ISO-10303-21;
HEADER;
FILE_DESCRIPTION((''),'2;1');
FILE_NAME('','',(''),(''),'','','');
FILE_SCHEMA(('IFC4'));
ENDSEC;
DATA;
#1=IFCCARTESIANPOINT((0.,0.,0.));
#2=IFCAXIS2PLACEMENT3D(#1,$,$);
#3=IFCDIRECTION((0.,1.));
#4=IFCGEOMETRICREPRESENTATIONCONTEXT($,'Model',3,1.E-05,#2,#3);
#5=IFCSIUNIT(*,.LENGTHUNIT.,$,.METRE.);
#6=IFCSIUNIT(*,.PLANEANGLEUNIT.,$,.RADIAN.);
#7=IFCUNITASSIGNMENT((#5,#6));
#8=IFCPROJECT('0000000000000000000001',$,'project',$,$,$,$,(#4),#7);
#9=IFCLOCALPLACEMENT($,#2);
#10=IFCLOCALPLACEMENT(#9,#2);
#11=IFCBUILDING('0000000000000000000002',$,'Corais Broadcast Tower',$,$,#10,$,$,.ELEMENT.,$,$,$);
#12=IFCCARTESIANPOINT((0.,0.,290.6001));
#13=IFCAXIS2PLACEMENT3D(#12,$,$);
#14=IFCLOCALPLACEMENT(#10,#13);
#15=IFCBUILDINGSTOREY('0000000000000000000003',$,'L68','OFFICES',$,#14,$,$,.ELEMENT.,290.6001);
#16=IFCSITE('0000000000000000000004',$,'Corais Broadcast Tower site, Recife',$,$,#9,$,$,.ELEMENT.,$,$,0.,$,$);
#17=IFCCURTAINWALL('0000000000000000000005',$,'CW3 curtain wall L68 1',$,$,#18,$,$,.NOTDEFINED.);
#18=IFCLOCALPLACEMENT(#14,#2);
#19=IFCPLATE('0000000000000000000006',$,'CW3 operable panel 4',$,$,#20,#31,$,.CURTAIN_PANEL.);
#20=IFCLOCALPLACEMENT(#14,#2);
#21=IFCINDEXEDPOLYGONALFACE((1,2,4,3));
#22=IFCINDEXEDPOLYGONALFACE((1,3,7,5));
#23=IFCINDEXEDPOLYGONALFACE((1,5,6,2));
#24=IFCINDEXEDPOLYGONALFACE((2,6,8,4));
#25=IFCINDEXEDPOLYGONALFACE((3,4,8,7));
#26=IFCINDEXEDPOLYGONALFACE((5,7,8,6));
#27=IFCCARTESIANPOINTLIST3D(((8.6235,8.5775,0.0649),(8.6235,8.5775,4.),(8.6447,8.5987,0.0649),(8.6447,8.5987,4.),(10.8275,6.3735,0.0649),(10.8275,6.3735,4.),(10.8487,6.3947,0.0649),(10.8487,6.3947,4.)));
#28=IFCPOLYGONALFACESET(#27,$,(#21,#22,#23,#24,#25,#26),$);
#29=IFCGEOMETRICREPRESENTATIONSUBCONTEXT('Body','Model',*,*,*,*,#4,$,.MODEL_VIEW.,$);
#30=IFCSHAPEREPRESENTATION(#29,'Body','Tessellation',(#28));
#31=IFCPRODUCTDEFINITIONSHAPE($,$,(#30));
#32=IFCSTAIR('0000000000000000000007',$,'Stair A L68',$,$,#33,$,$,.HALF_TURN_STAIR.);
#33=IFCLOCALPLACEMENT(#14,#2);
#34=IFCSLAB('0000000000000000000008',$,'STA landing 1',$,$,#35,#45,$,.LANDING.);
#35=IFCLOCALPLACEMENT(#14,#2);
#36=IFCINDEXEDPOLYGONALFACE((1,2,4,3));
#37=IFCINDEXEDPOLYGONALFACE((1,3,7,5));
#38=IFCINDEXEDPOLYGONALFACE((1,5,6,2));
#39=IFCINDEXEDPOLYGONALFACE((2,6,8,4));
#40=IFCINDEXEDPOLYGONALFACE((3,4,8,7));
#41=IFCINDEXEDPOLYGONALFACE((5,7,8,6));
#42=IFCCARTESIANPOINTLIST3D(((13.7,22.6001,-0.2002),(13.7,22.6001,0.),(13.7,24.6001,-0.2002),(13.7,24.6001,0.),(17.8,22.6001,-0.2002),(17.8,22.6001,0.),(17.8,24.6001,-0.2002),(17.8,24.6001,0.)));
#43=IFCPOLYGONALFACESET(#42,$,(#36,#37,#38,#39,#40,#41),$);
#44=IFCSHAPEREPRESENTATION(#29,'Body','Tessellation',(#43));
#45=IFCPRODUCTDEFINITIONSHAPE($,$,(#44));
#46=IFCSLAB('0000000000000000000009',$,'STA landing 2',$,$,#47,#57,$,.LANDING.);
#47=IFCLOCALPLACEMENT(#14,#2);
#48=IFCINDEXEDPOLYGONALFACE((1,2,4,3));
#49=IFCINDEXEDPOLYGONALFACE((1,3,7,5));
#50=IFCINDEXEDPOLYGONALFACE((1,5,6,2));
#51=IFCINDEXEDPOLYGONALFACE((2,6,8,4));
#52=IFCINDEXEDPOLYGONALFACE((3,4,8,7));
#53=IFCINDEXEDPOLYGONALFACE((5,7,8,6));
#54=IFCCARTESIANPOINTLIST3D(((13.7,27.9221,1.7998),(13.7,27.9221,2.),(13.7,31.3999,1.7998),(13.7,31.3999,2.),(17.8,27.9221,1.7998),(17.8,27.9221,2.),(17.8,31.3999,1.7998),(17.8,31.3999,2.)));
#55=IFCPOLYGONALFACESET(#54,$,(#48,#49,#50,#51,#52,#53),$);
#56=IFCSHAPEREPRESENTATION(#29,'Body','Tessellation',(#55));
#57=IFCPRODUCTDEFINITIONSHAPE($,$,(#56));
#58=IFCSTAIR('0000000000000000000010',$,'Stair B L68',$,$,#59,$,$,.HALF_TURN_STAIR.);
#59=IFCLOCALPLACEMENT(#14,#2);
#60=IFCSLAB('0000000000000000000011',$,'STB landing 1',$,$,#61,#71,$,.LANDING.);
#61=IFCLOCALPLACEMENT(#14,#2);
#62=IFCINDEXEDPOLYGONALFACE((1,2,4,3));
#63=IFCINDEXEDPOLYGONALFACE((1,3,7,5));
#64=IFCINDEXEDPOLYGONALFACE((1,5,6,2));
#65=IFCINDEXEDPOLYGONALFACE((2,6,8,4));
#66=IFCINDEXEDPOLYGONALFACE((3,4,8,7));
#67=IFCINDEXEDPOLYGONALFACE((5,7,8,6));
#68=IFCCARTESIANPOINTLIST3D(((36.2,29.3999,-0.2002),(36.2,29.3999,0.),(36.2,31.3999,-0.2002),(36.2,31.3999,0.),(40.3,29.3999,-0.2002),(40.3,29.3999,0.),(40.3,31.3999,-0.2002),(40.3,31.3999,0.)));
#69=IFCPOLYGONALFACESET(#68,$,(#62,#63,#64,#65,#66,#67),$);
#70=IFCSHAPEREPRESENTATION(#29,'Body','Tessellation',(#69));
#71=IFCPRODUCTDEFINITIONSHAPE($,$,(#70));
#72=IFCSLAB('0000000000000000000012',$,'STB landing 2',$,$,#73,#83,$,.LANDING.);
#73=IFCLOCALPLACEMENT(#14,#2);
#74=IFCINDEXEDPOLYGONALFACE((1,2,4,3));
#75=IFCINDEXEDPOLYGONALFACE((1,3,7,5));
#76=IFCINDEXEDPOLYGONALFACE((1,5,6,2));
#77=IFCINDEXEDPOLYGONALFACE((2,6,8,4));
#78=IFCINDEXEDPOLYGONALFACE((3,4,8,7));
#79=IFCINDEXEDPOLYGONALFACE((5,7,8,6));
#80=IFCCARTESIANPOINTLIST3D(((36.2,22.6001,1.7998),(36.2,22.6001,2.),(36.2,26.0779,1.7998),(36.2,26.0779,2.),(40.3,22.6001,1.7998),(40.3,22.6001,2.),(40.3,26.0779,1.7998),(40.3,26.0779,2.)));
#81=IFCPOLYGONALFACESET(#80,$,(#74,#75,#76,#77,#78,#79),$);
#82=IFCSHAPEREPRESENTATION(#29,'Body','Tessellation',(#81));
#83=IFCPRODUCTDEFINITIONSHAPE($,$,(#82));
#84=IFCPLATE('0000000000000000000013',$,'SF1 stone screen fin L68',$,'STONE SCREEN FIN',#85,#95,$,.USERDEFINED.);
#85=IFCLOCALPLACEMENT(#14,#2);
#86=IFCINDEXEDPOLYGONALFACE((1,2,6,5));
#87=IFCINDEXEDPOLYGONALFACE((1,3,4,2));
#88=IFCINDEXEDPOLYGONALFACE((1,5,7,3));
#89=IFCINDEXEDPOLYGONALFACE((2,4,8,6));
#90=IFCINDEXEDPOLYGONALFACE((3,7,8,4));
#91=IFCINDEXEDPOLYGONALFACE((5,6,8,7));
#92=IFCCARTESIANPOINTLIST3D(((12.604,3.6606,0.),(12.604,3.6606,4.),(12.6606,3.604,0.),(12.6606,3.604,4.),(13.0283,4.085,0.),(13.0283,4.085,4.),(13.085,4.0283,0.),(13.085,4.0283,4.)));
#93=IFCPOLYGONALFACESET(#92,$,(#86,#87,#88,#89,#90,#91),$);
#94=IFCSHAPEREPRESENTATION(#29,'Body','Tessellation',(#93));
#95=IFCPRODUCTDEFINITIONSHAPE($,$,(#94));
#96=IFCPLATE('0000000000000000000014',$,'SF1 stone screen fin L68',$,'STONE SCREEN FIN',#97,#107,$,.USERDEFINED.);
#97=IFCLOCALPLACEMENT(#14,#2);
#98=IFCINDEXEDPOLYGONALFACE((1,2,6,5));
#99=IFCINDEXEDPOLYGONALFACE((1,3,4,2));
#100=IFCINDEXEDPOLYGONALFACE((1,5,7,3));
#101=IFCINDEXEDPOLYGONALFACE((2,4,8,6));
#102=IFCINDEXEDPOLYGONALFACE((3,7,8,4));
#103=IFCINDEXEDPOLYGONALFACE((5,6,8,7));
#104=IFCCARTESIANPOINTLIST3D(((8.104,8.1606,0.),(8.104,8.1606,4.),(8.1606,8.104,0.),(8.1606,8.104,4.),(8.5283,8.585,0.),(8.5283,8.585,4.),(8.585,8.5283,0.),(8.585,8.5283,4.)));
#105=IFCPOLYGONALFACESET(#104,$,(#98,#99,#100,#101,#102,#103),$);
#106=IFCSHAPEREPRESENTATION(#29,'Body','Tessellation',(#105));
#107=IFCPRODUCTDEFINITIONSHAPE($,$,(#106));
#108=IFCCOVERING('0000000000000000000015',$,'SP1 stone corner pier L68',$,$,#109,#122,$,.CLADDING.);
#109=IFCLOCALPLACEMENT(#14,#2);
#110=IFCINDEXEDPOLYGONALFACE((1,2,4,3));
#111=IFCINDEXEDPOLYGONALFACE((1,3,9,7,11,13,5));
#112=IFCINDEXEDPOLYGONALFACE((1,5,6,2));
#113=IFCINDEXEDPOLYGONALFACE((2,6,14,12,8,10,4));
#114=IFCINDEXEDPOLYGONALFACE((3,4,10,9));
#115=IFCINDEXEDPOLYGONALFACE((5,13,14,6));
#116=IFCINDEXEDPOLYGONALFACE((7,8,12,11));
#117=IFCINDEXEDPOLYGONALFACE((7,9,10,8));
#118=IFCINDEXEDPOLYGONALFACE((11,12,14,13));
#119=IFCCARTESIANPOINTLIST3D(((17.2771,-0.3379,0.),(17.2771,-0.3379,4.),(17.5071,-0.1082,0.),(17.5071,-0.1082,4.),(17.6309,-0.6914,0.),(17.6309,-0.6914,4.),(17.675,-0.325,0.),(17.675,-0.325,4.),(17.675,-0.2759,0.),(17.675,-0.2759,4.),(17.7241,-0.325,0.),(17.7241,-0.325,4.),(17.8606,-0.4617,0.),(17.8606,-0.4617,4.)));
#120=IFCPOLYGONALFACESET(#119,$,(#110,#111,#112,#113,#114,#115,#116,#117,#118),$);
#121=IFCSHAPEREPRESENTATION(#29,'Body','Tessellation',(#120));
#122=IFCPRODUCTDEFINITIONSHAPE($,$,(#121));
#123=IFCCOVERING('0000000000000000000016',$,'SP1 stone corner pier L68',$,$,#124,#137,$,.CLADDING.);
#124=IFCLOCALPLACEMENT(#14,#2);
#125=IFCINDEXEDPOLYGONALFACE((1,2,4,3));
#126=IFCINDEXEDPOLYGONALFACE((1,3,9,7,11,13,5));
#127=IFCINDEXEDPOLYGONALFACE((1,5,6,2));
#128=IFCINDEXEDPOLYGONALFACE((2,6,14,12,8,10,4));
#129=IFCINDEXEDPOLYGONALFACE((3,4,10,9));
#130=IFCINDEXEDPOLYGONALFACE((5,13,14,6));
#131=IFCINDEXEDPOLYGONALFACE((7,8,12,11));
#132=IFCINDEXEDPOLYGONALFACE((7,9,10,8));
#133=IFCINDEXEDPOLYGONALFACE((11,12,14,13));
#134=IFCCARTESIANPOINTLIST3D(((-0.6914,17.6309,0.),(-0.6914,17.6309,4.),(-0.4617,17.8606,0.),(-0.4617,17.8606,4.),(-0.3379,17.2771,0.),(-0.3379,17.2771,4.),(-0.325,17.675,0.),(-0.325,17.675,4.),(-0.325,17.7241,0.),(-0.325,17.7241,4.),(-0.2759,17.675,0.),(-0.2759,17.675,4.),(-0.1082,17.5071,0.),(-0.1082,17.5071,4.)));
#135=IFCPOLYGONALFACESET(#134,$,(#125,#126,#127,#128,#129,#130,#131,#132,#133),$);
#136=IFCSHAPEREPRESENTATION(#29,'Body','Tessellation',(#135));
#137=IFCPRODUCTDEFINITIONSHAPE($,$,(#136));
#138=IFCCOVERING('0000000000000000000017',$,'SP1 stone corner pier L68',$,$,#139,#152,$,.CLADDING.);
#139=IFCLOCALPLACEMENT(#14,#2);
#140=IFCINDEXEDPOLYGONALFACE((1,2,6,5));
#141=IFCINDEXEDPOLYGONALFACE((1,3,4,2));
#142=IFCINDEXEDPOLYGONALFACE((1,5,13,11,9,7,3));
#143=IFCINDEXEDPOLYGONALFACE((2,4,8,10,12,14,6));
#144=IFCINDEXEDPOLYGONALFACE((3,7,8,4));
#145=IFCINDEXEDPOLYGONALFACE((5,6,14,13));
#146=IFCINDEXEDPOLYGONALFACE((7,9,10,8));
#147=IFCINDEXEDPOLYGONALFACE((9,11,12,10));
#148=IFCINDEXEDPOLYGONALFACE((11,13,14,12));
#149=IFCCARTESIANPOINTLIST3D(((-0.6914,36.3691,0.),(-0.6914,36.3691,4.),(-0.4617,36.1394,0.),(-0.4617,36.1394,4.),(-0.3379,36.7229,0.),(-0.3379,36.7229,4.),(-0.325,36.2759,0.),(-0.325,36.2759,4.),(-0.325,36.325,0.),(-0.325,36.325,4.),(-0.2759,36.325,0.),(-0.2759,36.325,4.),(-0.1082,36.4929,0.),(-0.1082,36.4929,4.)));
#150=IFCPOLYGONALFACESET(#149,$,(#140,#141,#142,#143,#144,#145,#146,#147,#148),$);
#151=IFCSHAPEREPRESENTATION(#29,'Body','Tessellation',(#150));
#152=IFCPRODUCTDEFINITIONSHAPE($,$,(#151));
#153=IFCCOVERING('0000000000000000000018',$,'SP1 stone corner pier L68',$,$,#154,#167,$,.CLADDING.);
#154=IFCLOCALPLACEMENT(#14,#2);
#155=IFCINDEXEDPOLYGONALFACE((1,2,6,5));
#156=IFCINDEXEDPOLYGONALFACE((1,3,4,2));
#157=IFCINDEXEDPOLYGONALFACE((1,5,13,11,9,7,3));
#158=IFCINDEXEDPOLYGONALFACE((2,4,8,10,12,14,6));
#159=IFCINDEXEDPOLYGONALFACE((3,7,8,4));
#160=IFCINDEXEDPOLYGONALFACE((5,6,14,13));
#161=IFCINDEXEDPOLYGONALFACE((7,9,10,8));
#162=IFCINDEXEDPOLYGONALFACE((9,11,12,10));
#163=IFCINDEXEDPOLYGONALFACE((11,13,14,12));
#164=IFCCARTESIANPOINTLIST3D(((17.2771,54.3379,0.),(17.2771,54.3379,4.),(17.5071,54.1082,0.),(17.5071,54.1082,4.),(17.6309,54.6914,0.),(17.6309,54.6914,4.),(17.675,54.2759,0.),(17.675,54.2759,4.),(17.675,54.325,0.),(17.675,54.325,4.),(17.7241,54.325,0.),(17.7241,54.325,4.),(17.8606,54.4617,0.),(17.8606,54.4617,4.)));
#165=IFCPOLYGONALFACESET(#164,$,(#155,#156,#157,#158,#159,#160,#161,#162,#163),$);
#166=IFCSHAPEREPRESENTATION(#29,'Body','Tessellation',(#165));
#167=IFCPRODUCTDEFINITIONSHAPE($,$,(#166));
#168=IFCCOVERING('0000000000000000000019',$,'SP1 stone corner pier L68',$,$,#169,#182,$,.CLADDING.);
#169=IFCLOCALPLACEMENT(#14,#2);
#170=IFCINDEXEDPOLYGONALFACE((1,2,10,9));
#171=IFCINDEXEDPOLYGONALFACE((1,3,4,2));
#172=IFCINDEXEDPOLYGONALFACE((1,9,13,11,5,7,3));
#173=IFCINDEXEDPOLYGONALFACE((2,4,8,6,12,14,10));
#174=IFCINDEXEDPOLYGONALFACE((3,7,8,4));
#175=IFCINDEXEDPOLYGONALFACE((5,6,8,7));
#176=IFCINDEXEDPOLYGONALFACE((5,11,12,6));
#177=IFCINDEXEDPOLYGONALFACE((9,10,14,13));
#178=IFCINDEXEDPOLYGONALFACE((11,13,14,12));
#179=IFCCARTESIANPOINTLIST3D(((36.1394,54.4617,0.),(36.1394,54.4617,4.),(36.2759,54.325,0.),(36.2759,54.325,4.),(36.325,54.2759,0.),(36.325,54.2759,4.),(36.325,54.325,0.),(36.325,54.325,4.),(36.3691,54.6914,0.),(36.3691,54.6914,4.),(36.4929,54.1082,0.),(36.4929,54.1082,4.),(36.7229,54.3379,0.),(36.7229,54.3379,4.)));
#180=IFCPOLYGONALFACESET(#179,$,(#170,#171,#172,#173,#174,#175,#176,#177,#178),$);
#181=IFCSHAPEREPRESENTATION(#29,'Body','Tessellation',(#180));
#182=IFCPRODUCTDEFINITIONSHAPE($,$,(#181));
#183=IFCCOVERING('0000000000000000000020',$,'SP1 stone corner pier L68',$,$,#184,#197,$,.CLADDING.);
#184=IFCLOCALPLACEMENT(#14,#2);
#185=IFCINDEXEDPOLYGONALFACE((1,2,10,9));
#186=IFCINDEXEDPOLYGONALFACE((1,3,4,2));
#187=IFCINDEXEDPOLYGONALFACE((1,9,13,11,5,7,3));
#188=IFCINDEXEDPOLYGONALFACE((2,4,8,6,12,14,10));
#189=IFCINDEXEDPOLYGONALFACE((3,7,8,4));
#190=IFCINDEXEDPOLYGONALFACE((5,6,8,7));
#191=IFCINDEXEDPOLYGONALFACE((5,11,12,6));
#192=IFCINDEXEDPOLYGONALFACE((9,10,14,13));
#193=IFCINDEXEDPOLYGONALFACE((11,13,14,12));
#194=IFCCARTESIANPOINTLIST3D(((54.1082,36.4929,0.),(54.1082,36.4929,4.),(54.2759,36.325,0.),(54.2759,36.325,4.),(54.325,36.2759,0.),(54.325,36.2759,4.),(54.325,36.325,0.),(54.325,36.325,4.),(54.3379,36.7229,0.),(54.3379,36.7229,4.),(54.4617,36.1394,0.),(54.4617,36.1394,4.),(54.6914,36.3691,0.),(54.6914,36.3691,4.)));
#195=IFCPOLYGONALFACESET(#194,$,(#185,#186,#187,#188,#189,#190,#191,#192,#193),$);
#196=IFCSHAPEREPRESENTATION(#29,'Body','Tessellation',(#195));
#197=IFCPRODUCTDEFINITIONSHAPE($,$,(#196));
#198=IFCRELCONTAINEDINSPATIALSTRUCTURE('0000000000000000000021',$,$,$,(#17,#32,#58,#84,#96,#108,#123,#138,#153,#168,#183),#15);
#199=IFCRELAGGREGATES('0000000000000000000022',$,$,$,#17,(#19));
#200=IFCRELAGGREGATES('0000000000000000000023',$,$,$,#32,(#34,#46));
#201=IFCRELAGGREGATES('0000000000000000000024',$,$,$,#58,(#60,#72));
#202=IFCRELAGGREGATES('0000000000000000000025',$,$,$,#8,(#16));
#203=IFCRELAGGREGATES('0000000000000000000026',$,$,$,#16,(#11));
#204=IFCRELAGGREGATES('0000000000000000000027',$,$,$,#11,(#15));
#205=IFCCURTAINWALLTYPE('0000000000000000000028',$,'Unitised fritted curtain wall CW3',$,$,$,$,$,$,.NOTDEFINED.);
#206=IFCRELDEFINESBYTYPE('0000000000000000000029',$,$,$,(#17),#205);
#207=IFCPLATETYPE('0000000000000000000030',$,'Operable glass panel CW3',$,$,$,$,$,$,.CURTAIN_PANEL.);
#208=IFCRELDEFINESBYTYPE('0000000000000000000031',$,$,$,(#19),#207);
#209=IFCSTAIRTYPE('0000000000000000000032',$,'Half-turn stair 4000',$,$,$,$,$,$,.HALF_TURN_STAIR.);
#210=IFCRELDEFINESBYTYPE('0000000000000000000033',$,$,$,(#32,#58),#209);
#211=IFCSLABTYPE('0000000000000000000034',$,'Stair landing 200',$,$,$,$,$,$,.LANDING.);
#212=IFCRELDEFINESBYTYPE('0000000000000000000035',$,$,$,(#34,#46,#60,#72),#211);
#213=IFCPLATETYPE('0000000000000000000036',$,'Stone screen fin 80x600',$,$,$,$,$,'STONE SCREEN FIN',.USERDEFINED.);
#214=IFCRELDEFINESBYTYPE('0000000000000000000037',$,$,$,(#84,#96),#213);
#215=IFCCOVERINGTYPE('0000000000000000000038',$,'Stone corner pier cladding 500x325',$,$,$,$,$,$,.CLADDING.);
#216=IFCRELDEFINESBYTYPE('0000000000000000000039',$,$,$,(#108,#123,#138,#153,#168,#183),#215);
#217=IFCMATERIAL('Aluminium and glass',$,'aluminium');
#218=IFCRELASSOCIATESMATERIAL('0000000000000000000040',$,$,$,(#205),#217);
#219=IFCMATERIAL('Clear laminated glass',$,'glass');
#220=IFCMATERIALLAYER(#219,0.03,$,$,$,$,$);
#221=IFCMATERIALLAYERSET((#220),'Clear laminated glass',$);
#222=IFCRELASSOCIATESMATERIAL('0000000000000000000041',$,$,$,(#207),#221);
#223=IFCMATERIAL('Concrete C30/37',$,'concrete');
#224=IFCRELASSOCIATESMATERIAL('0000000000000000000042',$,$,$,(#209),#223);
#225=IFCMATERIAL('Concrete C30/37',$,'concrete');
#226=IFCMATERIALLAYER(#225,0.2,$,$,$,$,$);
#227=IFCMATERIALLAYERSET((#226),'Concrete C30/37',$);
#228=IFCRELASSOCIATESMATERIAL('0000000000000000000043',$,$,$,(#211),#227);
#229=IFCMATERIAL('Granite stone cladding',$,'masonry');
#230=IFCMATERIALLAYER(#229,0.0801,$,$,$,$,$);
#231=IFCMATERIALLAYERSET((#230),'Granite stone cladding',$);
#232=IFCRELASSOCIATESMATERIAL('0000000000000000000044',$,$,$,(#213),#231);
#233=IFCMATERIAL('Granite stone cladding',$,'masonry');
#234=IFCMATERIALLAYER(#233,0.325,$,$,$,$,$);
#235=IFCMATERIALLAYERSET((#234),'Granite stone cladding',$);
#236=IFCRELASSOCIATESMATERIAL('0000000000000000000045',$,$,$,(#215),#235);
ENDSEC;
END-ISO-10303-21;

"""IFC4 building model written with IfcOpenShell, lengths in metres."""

from ifc_helpers import new_model, si_unit, direction, frame, origin, origin_2d, place, context, subcontext, project, spatial, polyline, rectangle, outline, extrude, material, layer, layer_set, type_object, element, aggregate, save


model = new_model("IFC4")

# Units and contexts
model_context = context("Model", 3, precision=1e-05, world=origin(), true_north=direction((0.0, 1.0)))
body_context = subcontext(model_context, "Body", "Model", "MODEL_VIEW")
ifc_project = project(units=[si_unit("LENGTHUNIT", "METRE"), si_unit("PLANEANGLEUNIT", "RADIAN")], contexts=[model_context])

# Site, building, storey
site_placement = place(None, origin())
site = spatial("IfcSite", under=ifc_project, at=site_placement, Name="Corais Broadcast Tower site, Recife", CompositionType="ELEMENT", RefElevation=0.0)
building_placement = place(site_placement, origin())
building = spatial("IfcBuilding", under=site, at=building_placement, Name="Corais Broadcast Tower", CompositionType="ELEMENT")
storey_placement = place(building_placement, frame((0.0, 0.0, 290.6001)))
storey = spatial("IfcBuildingStorey", under=building, at=storey_placement, Name="L68", Description="OFFICES", CompositionType="ELEMENT", Elevation=290.6001)

# Curtain wall
ifc_material_1 = material(Name="Aluminium and glass", Category="aluminium")
curtain_wall_type = type_object("IfcCurtainWallType", Name="Unitised fritted curtain wall CW3", PredefinedType="NOTDEFINED", material=ifc_material_1)
curtain_wall_placement = place(storey_placement, origin())
curtain_wall = element("IfcCurtainWall", 1, at=curtain_wall_placement, inside=storey, type_object=curtain_wall_type, Name="CW3 curtain wall L68 1", PredefinedType="NOTDEFINED")

# Plate
ifc_material_2 = material(Name="Clear laminated glass", Category="glass")
ifc_layer_1 = layer(ifc_material_2, 0.03)
ifc_layer_set_1 = layer_set([ifc_layer_1], Name="Clear laminated glass")
plate_type_1 = type_object("IfcPlateType", Name="Operable glass panel CW3", PredefinedType="CURTAIN_PANEL", material=ifc_layer_set_1)
plate_1_placement = place(storey_placement, frame((9.7361, 7.4861, 0.0649), z_axis=(0.0, 0.0, 1.0), x_axis=(-0.707107, 0.707107, 0.0)))
plate_1 = element("IfcPlate", 2, at=plate_1_placement, type_object=plate_type_1, Name="CW3 operable panel 4", PredefinedType="CURTAIN_PANEL", context=body_context, shape_type="SweptSolid", body=[
    extrude(rectangle(XDim=3.1169, YDim=0.03, at=origin_2d()), origin(), (0.0, 0.0, 1.0), 3.9351),
])
aggregate(curtain_wall, [plate_1])

# Stairs, slabs
ifc_material_3 = material(Name="Concrete C30/37", Category="concrete")
stair_type = type_object("IfcStairType", Name="Half-turn stair 4000", PredefinedType="HALF_TURN_STAIR", material=ifc_material_3)
stair_1_placement = place(storey_placement, origin())
stair_1 = element("IfcStair", 3, at=stair_1_placement, inside=storey, type_object=stair_type, Name="Stair A L68", PredefinedType="HALF_TURN_STAIR")
ifc_material_4 = material(Name="Concrete C30/37", Category="concrete")
ifc_layer_2 = layer(ifc_material_4, 0.2)
ifc_layer_set_2 = layer_set([ifc_layer_2], Name="Concrete C30/37")
slab_type_1 = type_object("IfcSlabType", Name="Stair landing 200", PredefinedType="LANDING", material=ifc_layer_set_2)
slab_1_placement = place(storey_placement, frame((0.0, 0.0, -0.2002)))
slab_1 = element("IfcSlab", 4, at=slab_1_placement, type_object=slab_type_1, Name="STA landing 1", PredefinedType="LANDING", context=body_context, shape_type="SweptSolid", body=[
    extrude(outline(polyline([(13.7, 22.6001), (17.8, 22.6001), (17.8, 24.6001), (13.7, 24.6001), (13.7, 22.6001)])), origin(), (0.0, 0.0, 1.0), 0.2002),
])
slab_2_placement = place(storey_placement, frame((0.0, 0.0, 1.7998)))
slab_2 = element("IfcSlab", 5, at=slab_2_placement, type_object=slab_type_1, Name="STA landing 2", PredefinedType="LANDING", context=body_context, shape_type="SweptSolid", body=[
    extrude(outline(polyline([(13.7, 27.9221), (17.8, 27.9221), (17.8, 31.3999), (13.7, 31.3999), (13.7, 27.9221)])), origin(), (0.0, 0.0, 1.0), 0.2002),
])
aggregate(stair_1, [slab_1, slab_2])
stair_2_placement = place(storey_placement, origin())
stair_2 = element("IfcStair", 6, at=stair_2_placement, inside=storey, type_object=stair_type, Name="Stair B L68", PredefinedType="HALF_TURN_STAIR")
slab_3_placement = place(storey_placement, frame((0.0, 0.0, -0.2002)))
slab_3 = element("IfcSlab", 7, at=slab_3_placement, type_object=slab_type_1, Name="STB landing 1", PredefinedType="LANDING", context=body_context, shape_type="SweptSolid", body=[
    extrude(outline(polyline([(36.2, 29.3999), (40.3, 29.3999), (40.3, 31.3999), (36.2, 31.3999), (36.2, 29.3999)])), origin(), (0.0, 0.0, 1.0), 0.2002),
])
slab_4_placement = place(storey_placement, frame((0.0, 0.0, 1.7998)))
slab_4 = element("IfcSlab", 8, at=slab_4_placement, type_object=slab_type_1, Name="STB landing 2", PredefinedType="LANDING", context=body_context, shape_type="SweptSolid", body=[
    extrude(outline(polyline([(36.2, 22.6001), (40.3, 22.6001), (40.3, 26.0779), (36.2, 26.0779), (36.2, 22.6001)])), origin(), (0.0, 0.0, 1.0), 0.2002),
])
aggregate(stair_2, [slab_3, slab_4])

# Plates
ifc_material_5 = material(Name="Granite stone cladding", Category="masonry")
ifc_layer_3 = layer(ifc_material_5, 0.0801)
ifc_layer_set_3 = layer_set([ifc_layer_3], Name="Granite stone cladding")
plate_type_2 = type_object("IfcPlateType", Name="Stone screen fin 80x600", ElementType="STONE SCREEN FIN", PredefinedType="USERDEFINED", material=ifc_layer_set_3)
for number, where, z_axis, x_axis, name in (
    (9, (12.8445, 3.8445, 0.0), (0.0, 0.0, 1.0), (-0.707107, 0.707107, 0.0), "SF1 stone screen fin L68"),
    (10, (8.3445, 8.3445, 0.0), (0.0, 0.0, 1.0), (-0.707107, 0.707107, 0.0), "SF1 stone screen fin L68"),
):
    element("IfcPlate", number, at=place(storey_placement, frame(where, z_axis=z_axis, x_axis=x_axis)), inside=storey, type_object=plate_type_2, Name=name, ObjectType="STONE SCREEN FIN", PredefinedType="USERDEFINED", context=body_context, shape_type="SweptSolid", body=[
        extrude(rectangle(XDim=0.0801, YDim=0.6001, at=origin_2d()), origin(), (0.0, 0.0, 1.0), 4.0),
    ])

# Coverings
ifc_material_6 = material(Name="Granite stone cladding", Category="masonry")
ifc_layer_4 = layer(ifc_material_6, 0.325)
ifc_layer_set_4 = layer_set([ifc_layer_4], Name="Granite stone cladding")
covering_type_1 = type_object("IfcCoveringType", Name="Stone corner pier cladding 500x325", PredefinedType="CLADDING", material=ifc_layer_set_4)
covering_1_placement = place(storey_placement, origin())
element("IfcCovering", 11, at=covering_1_placement, inside=storey, type_object=covering_type_1, Name="SP1 stone corner pier L68", PredefinedType="CLADDING", context=body_context, shape_type="SweptSolid", body=[
    extrude(outline(polyline([(17.8606, -0.4617), (17.7241, -0.325), (17.675, -0.325), (17.675, -0.2759), (17.5071, -0.1082), (17.2771, -0.3379), (17.6309, -0.6914), (17.8606, -0.4617)])), origin(), (0.0, 0.0, 1.0), 4.0),
])
covering_2_placement = place(storey_placement, origin())
element("IfcCovering", 12, at=covering_2_placement, inside=storey, type_object=covering_type_1, Name="SP1 stone corner pier L68", PredefinedType="CLADDING", context=body_context, shape_type="SweptSolid", body=[
    extrude(outline(polyline([(-0.325, 17.7241), (-0.4617, 17.8606), (-0.6914, 17.6309), (-0.3379, 17.2771), (-0.1082, 17.5071), (-0.2759, 17.675), (-0.325, 17.675), (-0.325, 17.7241)])), origin(), (0.0, 0.0, 1.0), 4.0),
])
covering_3_placement = place(storey_placement, origin())
element("IfcCovering", 13, at=covering_3_placement, inside=storey, type_object=covering_type_1, Name="SP1 stone corner pier L68", PredefinedType="CLADDING", context=body_context, shape_type="SweptSolid", body=[
    extrude(outline(polyline([(-0.4617, 36.1394), (-0.325, 36.2759), (-0.325, 36.325), (-0.2759, 36.325), (-0.1082, 36.4929), (-0.3379, 36.7229), (-0.6914, 36.3691), (-0.4617, 36.1394)])), origin(), (0.0, 0.0, 1.0), 4.0),
])
covering_4_placement = place(storey_placement, origin())
element("IfcCovering", 14, at=covering_4_placement, inside=storey, type_object=covering_type_1, Name="SP1 stone corner pier L68", PredefinedType="CLADDING", context=body_context, shape_type="SweptSolid", body=[
    extrude(outline(polyline([(17.7241, 54.325), (17.8606, 54.4617), (17.6309, 54.6914), (17.2771, 54.3379), (17.5071, 54.1082), (17.675, 54.2759), (17.675, 54.325), (17.7241, 54.325)])), origin(), (0.0, 0.0, 1.0), 4.0),
])
covering_5_placement = place(storey_placement, origin())
element("IfcCovering", 15, at=covering_5_placement, inside=storey, type_object=covering_type_1, Name="SP1 stone corner pier L68", PredefinedType="CLADDING", context=body_context, shape_type="SweptSolid", body=[
    extrude(outline(polyline([(36.1394, 54.4617), (36.2759, 54.325), (36.325, 54.325), (36.325, 54.2759), (36.4929, 54.1082), (36.7229, 54.3379), (36.3691, 54.6914), (36.1394, 54.4617)])), origin(), (0.0, 0.0, 1.0), 4.0),
])
covering_6_placement = place(storey_placement, origin())
element("IfcCovering", 16, at=covering_6_placement, inside=storey, type_object=covering_type_1, Name="SP1 stone corner pier L68", PredefinedType="CLADDING", context=body_context, shape_type="SweptSolid", body=[
    extrude(outline(polyline([(54.325, 36.2759), (54.4617, 36.1394), (54.6914, 36.3691), (54.3379, 36.7229), (54.1082, 36.4929), (54.2759, 36.325), (54.325, 36.325), (54.325, 36.2759)])), origin(), (0.0, 0.0, 1.0), 4.0),
])

save(model, "model.ifc")
